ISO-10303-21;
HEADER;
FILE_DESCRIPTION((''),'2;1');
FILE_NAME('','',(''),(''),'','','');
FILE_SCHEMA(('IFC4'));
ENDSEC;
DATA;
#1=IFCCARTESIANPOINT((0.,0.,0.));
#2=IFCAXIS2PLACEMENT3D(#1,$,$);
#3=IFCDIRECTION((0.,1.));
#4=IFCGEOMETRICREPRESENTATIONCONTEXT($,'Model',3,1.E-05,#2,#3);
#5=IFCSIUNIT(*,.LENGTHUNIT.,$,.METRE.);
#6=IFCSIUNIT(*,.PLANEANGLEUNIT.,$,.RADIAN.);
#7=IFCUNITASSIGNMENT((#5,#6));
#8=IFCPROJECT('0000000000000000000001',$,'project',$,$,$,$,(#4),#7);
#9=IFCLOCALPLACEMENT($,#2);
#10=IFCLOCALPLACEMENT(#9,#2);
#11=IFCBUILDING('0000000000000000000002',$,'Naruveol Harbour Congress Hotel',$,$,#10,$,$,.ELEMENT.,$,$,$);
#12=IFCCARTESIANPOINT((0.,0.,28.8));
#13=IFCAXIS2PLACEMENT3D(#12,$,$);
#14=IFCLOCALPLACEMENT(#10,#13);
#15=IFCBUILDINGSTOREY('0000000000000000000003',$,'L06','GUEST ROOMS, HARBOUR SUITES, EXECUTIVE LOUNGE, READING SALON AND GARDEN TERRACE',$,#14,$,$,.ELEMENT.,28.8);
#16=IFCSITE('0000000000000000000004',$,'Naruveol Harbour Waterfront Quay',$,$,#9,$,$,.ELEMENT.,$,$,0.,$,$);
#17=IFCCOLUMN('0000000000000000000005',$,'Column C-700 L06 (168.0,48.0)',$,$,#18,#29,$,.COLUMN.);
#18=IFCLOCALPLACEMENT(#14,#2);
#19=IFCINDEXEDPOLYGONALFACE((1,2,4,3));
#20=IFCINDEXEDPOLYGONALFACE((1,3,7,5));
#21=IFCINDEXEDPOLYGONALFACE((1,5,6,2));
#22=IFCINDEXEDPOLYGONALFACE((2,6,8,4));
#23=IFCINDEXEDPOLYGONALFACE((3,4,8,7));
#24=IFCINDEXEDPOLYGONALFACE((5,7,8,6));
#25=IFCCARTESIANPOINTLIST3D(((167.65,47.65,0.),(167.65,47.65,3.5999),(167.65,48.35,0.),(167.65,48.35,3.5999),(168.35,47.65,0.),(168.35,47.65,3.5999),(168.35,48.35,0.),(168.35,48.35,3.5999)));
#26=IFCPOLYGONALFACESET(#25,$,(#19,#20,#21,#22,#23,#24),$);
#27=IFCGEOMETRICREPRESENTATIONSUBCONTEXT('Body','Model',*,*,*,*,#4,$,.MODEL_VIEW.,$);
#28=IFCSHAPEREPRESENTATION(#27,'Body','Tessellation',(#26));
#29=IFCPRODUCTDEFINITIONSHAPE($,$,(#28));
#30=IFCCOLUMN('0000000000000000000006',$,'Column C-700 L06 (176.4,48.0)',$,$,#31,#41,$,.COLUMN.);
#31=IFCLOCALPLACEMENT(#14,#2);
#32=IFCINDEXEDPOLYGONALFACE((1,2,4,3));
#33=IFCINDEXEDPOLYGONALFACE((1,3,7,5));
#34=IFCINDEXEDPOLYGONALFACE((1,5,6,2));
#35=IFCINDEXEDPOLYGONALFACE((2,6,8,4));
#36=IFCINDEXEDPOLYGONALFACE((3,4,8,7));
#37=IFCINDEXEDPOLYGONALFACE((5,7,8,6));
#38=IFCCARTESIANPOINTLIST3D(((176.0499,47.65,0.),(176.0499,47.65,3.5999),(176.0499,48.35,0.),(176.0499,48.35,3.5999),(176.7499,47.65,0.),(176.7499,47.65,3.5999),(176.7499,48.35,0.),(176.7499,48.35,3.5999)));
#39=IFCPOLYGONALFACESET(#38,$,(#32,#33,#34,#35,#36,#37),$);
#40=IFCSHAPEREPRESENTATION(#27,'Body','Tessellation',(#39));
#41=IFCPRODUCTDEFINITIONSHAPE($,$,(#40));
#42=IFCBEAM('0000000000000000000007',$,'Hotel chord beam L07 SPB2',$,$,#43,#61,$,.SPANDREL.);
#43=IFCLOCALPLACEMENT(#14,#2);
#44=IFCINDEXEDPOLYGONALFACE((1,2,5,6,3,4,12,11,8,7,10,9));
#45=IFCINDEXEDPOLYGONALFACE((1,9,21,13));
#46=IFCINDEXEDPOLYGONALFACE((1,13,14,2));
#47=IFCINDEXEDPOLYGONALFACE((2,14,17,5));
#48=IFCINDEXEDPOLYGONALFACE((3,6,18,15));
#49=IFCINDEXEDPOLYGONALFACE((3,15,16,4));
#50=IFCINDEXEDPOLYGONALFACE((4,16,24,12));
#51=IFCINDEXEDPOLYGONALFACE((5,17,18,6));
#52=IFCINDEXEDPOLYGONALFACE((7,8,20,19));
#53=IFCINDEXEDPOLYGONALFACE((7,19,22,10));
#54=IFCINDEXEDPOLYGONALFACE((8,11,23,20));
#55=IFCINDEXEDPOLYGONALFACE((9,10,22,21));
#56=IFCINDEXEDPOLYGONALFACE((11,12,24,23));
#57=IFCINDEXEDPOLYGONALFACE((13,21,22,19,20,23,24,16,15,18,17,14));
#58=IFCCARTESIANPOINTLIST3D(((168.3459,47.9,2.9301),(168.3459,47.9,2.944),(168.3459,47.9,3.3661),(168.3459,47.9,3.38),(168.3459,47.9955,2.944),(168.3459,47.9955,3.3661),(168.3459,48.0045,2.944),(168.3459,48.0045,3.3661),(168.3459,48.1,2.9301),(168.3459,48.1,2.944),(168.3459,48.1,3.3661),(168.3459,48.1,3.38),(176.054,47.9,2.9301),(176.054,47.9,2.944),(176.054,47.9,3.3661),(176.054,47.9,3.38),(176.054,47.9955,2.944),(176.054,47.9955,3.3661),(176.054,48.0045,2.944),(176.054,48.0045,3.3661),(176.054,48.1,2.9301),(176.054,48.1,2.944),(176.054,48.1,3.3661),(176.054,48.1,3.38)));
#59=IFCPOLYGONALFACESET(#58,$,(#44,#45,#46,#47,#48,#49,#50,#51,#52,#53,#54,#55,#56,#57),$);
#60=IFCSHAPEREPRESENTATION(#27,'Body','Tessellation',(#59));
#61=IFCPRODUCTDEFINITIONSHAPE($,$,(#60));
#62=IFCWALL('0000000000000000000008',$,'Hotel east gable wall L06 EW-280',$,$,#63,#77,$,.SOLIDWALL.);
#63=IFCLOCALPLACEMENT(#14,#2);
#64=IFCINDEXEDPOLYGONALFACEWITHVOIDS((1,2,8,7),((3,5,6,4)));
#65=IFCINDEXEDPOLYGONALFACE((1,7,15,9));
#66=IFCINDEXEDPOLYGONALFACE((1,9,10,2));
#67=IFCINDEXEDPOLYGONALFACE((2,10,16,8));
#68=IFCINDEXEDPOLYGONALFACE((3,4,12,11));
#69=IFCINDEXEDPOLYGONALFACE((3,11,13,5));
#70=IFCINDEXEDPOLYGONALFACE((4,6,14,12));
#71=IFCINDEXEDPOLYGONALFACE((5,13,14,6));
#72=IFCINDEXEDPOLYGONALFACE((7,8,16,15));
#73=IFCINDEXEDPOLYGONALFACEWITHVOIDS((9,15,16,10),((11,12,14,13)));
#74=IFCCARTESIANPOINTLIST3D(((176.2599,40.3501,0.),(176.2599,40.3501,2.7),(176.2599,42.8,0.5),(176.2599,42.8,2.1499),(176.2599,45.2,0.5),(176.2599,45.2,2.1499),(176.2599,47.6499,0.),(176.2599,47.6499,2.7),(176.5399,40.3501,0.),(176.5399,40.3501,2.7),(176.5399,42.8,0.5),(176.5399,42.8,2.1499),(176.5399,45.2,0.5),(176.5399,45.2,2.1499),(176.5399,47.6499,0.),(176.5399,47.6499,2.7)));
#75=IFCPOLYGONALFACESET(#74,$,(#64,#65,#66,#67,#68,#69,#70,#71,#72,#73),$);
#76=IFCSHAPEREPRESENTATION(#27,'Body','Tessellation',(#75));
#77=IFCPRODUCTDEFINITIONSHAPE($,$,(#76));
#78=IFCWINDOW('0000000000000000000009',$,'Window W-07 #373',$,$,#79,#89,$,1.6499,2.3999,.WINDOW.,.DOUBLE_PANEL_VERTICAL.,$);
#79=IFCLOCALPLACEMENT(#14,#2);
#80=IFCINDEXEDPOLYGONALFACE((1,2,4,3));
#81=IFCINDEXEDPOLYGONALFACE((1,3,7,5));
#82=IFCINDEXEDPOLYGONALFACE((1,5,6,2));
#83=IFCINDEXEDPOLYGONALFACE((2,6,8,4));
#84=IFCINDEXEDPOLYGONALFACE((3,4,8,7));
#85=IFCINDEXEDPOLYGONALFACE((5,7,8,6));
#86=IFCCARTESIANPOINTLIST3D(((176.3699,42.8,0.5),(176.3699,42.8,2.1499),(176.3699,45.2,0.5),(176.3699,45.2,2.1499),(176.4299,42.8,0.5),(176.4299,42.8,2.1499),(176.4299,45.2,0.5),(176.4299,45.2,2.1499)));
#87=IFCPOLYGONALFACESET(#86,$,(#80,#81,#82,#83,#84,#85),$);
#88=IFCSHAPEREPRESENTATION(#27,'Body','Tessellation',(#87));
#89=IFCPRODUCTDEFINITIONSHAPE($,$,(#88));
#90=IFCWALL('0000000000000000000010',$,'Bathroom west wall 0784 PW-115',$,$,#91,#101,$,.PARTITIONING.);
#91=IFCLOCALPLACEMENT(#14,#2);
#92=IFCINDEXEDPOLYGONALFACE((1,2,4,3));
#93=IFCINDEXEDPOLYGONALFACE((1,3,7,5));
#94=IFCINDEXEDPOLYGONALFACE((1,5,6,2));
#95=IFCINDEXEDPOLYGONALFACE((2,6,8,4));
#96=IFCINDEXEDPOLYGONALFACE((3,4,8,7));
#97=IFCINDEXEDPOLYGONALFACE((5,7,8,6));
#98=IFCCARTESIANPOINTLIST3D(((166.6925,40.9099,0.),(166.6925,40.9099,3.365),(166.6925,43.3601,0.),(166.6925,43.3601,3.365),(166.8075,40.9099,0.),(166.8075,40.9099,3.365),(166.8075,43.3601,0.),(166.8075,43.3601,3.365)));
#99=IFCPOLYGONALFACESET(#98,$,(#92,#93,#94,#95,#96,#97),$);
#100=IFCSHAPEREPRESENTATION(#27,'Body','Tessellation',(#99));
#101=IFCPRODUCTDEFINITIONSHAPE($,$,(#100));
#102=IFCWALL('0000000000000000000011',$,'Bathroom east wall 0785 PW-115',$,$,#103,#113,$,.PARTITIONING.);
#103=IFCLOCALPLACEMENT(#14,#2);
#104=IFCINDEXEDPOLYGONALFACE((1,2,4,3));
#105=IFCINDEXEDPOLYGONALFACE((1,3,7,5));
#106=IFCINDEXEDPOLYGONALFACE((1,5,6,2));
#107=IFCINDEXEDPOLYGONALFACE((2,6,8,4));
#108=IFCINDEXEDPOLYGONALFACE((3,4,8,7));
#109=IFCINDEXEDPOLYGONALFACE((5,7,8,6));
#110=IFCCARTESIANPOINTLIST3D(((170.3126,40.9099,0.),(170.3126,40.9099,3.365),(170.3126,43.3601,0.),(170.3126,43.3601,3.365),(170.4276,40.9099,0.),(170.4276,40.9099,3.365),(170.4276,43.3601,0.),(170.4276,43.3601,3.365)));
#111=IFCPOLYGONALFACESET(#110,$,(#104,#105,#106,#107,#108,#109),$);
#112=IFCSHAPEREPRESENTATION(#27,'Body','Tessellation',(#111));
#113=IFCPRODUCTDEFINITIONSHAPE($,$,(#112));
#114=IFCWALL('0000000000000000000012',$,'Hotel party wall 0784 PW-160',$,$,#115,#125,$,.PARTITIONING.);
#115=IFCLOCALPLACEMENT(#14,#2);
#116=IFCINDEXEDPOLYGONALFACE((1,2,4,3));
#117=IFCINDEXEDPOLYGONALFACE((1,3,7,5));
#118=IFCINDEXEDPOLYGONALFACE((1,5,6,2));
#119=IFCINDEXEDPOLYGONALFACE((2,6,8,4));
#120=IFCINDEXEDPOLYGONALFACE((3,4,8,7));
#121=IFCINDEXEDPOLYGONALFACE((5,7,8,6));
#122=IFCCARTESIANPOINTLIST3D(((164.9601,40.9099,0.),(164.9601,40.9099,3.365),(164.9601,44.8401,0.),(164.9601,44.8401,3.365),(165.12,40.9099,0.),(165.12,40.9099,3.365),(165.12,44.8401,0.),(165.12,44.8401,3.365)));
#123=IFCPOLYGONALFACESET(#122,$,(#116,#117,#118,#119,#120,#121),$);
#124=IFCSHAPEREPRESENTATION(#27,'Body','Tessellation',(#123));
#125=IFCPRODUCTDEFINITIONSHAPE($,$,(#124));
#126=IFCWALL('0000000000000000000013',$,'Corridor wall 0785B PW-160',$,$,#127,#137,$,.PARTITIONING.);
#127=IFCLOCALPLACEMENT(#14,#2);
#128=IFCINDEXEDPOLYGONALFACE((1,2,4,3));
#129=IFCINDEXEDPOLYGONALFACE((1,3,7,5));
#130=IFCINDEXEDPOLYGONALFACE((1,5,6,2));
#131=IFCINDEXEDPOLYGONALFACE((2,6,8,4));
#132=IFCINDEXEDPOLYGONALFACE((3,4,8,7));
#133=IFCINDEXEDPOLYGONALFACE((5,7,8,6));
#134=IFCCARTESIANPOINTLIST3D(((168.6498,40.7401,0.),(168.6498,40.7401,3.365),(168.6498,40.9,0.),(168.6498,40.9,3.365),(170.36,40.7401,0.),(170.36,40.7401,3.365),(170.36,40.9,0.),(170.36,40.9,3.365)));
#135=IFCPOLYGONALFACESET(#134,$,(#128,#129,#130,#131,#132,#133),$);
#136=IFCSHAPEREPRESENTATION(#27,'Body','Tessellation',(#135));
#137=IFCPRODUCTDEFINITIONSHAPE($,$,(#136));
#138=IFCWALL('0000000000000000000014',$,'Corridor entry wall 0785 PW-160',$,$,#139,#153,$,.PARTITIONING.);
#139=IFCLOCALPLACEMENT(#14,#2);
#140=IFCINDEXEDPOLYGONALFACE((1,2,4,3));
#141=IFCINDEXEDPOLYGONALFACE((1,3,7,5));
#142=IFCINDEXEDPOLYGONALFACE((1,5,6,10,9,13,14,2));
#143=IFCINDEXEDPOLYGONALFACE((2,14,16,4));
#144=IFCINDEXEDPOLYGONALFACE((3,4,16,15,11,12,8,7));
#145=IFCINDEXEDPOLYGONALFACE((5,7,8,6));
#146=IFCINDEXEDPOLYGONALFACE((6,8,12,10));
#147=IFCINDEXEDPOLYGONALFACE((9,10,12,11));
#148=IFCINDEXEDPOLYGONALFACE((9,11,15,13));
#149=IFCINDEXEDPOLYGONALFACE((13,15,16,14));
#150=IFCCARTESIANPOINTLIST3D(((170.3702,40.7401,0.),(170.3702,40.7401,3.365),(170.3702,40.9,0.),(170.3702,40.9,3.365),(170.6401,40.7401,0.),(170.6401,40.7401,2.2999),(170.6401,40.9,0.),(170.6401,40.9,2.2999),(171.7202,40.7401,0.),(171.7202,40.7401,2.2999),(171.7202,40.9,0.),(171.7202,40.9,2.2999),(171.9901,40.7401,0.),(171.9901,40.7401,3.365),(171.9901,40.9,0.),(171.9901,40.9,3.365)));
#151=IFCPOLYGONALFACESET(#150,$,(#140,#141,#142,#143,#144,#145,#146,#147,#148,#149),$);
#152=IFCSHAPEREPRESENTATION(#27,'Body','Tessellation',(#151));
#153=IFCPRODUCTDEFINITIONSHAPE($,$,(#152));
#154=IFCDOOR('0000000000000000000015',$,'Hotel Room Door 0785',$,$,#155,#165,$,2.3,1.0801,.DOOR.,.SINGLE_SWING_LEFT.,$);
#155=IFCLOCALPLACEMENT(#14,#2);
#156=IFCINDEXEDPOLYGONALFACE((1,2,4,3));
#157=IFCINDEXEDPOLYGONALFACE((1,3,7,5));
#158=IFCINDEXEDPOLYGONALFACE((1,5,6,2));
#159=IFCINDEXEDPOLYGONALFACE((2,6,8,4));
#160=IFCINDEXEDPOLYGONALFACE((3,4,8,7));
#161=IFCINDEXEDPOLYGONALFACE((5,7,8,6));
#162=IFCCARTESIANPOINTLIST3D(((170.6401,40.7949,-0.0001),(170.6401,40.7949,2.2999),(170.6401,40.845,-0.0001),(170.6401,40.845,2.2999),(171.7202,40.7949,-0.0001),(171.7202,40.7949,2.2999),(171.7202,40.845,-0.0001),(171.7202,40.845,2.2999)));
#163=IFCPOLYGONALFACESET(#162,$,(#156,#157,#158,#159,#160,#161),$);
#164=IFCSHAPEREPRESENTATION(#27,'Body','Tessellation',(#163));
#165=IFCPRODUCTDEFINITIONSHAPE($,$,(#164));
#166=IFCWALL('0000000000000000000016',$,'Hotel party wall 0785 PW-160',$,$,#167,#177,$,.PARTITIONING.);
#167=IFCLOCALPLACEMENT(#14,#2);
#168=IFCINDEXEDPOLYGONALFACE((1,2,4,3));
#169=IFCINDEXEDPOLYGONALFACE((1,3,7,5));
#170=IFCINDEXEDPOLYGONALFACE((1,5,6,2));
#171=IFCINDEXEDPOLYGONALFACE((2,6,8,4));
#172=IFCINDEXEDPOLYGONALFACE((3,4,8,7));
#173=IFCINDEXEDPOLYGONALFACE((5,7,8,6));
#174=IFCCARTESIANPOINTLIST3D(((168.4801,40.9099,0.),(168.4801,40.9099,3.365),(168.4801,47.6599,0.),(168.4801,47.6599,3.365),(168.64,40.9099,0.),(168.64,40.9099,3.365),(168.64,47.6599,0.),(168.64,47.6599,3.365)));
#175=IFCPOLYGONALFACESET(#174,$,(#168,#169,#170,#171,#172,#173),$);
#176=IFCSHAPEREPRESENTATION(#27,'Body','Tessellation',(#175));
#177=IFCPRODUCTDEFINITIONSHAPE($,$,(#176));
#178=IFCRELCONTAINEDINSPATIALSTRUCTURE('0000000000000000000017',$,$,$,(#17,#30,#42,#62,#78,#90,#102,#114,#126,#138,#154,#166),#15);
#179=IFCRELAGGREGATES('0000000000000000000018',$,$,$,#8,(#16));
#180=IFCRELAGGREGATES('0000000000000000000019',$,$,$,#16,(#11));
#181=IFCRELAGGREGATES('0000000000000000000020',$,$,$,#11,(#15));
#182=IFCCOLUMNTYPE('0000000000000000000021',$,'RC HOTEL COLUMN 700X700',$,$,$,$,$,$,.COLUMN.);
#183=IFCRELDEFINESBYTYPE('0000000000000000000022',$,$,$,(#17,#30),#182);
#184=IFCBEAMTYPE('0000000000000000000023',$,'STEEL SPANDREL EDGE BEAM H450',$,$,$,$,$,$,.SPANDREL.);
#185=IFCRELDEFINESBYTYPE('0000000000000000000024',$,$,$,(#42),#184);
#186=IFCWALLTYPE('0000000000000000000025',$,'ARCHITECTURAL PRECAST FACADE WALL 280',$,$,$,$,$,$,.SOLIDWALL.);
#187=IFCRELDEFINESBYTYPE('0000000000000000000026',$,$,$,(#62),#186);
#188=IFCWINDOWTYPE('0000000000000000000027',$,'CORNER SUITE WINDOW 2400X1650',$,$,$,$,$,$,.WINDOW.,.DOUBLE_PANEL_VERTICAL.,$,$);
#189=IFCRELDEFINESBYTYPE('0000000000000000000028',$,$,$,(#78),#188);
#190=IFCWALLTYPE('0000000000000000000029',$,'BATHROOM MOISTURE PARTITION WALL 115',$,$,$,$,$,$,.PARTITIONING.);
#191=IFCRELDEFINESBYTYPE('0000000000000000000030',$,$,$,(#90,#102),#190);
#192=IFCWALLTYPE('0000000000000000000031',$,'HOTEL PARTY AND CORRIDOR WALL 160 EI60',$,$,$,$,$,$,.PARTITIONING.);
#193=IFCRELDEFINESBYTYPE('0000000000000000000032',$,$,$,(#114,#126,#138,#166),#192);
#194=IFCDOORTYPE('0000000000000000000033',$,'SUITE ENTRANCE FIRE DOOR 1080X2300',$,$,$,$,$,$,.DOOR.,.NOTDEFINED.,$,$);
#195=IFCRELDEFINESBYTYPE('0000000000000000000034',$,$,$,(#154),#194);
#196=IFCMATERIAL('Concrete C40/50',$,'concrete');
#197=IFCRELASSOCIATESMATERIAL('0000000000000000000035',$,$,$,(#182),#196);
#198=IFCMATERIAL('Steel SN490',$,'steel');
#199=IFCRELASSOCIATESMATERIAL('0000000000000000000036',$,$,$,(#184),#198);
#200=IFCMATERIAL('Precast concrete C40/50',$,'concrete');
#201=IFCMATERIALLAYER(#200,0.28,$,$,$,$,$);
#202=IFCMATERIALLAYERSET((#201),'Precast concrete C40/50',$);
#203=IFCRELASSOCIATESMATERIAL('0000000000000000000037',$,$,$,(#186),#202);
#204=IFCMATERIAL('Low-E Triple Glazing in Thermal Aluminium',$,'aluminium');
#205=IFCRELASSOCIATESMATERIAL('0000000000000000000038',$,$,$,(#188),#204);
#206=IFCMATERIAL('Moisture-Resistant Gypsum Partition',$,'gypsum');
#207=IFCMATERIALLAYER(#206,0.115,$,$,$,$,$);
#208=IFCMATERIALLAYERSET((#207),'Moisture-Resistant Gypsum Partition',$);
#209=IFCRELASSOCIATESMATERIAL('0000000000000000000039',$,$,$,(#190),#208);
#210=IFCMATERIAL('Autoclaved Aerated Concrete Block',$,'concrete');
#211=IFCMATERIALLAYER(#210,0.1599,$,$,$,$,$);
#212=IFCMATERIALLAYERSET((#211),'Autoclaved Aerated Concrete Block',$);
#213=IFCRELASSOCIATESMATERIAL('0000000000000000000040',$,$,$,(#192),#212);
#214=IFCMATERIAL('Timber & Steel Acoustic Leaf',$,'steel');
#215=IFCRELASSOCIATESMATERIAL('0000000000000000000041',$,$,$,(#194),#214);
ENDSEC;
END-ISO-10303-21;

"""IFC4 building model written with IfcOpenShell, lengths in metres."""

from ifc_helpers import new_model, si_unit, direction, frame, frame_2d, origin, origin_2d, place, context, subcontext, project, spatial, rectangle, i_section, extrude, material, layer, layer_set, material_profile, profile_set, type_object, element, fill, save


model = new_model("IFC4")

# Units and contexts
model_context = context("Model", 3, precision=1e-05, world=origin(), true_north=direction((0.0, 1.0)))
body_context = subcontext(model_context, "Body", "Model", "MODEL_VIEW")
ifc_project = project(units=[si_unit("LENGTHUNIT", "METRE"), si_unit("PLANEANGLEUNIT", "RADIAN")], contexts=[model_context])

# Site, building, storey
site_placement = place(None, origin())
site = spatial("IfcSite", under=ifc_project, at=site_placement, Name="Naruveol Harbour Waterfront Quay", CompositionType="ELEMENT", RefElevation=0.0)
building_placement = place(site_placement, origin())
building = spatial("IfcBuilding", under=site, at=building_placement, Name="Naruveol Harbour Congress Hotel", CompositionType="ELEMENT")
storey_placement = place(building_placement, frame((0.0, 0.0, 28.8)))
storey = spatial("IfcBuildingStorey", under=building, at=storey_placement, Name="L06", Description="GUEST ROOMS, HARBOUR SUITES, EXECUTIVE LOUNGE, READING SALON AND GARDEN TERRACE", CompositionType="ELEMENT", Elevation=28.8)

# Columns
ifc_material_1 = material(Name="Concrete C40/50", Category="concrete")
ifc_material_profile_1 = material_profile(ifc_material_1, rectangle(XDim=0.7, YDim=0.7, at=origin_2d()), Name="RC-700x700")
ifc_profile_set_1 = profile_set([ifc_material_profile_1], Name="Concrete C40/50")
column_type = type_object("IfcColumnType", Name="RC HOTEL COLUMN 700X700", PredefinedType="COLUMN", material=ifc_profile_set_1)
for number, where, z_axis, x_axis, name in (
    (1, (168.0, 48.0, 0.0), (0.0, 0.0, 1.0), (1.0, 0.0, 0.0), "Column C-700 L06 (168.0,48.0)"),
    (2, (176.3999, 48.0, 0.0), (0.0, 0.0, 1.0), (1.0, 0.0, 0.0), "Column C-700 L06 (176.4,48.0)"),
):
    element("IfcColumn", number, at=place(storey_placement, frame(where, z_axis=z_axis, x_axis=x_axis)), inside=storey, type_object=column_type, Name=name, PredefinedType="COLUMN", context=body_context, shape_type="SweptSolid", body=[
        extrude(rectangle(XDim=0.7, YDim=0.7, at=origin_2d()), origin(), (0.0, 0.0, 1.0), 3.5999),
    ])

# Beam
ifc_material_2 = material(Name="Steel SN490", Category="steel")
ifc_material_profile_2 = material_profile(ifc_material_2, i_section(OverallWidth=0.2, OverallDepth=0.45, WebThickness=0.009, FlangeThickness=0.0139, at=origin_2d()), Name="H-450x200x9x14")
ifc_profile_set_2 = profile_set([ifc_material_profile_2], Name="Steel SN490")
beam_type = type_object("IfcBeamType", Name="STEEL SPANDREL EDGE BEAM H450", PredefinedType="SPANDREL", material=ifc_profile_set_2)
beam_placement = place(storey_placement, frame((168.3459, 48.0, 3.155), z_axis=(1.0, 0.0, 0.0), x_axis=(0.0, 1.0, 0.0)))
element("IfcBeam", 3, at=beam_placement, inside=storey, type_object=beam_type, Name="Hotel chord beam L07 SPB2", PredefinedType="SPANDREL", context=body_context, shape_type="SweptSolid", body=[
    extrude(i_section(OverallWidth=0.2, OverallDepth=0.45, WebThickness=0.009, FlangeThickness=0.0139, at=origin_2d()), origin(), (0.0, 0.0, 1.0), 7.708),
])

# Wall, opening, window
ifc_material_3 = material(Name="Precast concrete C40/50", Category="concrete")
ifc_layer_1 = layer(ifc_material_3, 0.28)
ifc_layer_set_1 = layer_set([ifc_layer_1], Name="Precast concrete C40/50")
wall_type_1 = type_object("IfcWallType", Name="ARCHITECTURAL PRECAST FACADE WALL 280", PredefinedType="SOLIDWALL", material=ifc_layer_set_1)
wall_1_placement = place(storey_placement, frame((176.3999, 47.6499, 0.0), z_axis=(0.0, 0.0, 1.0), x_axis=(0.0, -1.0, 0.0)))
wall_1 = element("IfcWall", 4, at=wall_1_placement, inside=storey, type_object=wall_type_1, Name="Hotel east gable wall L06 EW-280", PredefinedType="SOLIDWALL", context=body_context, shape_type="SweptSolid", body=[
    extrude(rectangle(XDim=7.2998, YDim=0.28, at=frame_2d((3.6499, 0.0))), origin(), (0.0, 0.0, 1.0), 2.7),
])
opening_1_placement = place(wall_1_placement, frame((2.45, 0.0, 0.5)))
opening_1 = element("IfcOpeningElement", 5, at=opening_1_placement, cuts=wall_1, PredefinedType="OPENING", context=body_context, shape_type="SweptSolid", body=[
    extrude(rectangle(XDim=2.3999, YDim=1.6499, at=frame_2d((1.2, 0.825))), frame((0.0, 0.1499, 0.0), z_axis=(0.0, -1.0, 0.0), x_axis=(1.0, 0.0, 0.0)), (0.0, 0.0, 1.0), 0.3),
])
ifc_material_4 = material(Name="Low-E Triple Glazing in Thermal Aluminium", Category="aluminium")
window_type_1 = type_object("IfcWindowType", Name="CORNER SUITE WINDOW 2400X1650", PartitioningType="DOUBLE_PANEL_VERTICAL", PredefinedType="WINDOW", material=ifc_material_4)
window_1_placement = place(opening_1_placement, origin())
window_1 = element("IfcWindow", 6, at=window_1_placement, inside=storey, type_object=window_type_1, Name="Window W-07 #373", OverallHeight=1.6499, OverallWidth=2.3999, PartitioningType="DOUBLE_PANEL_VERTICAL", PredefinedType="WINDOW", context=body_context, shape_type="SweptSolid", body=[
    extrude(rectangle(XDim=2.3999, YDim=1.6499, at=frame_2d((1.2, 0.825))), frame((0.0, 0.03, 0.0), z_axis=(0.0, -1.0, 0.0), x_axis=(1.0, 0.0, 0.0)), (0.0, 0.0, 1.0), 0.0601),
])
fill(opening_1, window_1)

# Wall
ifc_material_5 = material(Name="Moisture-Resistant Gypsum Partition", Category="gypsum")
ifc_layer_2 = layer(ifc_material_5, 0.115)
ifc_layer_set_2 = layer_set([ifc_layer_2], Name="Moisture-Resistant Gypsum Partition")
wall_type_2 = type_object("IfcWallType", Name="BATHROOM MOISTURE PARTITION WALL 115", PredefinedType="PARTITIONING", material=ifc_layer_set_2)
wall_2_placement = place(storey_placement, frame((166.75, 40.9099, 0.0), z_axis=(0.0, 0.0, 1.0), x_axis=(0.0, 1.0, 0.0)))
element("IfcWall", 7, at=wall_2_placement, inside=storey, type_object=wall_type_2, Name="Bathroom west wall 0784 PW-115", PredefinedType="PARTITIONING", context=body_context, shape_type="SweptSolid", body=[
    extrude(rectangle(XDim=2.4502, YDim=0.115, at=frame_2d((1.2251, 0.0))), origin(), (0.0, 0.0, 1.0), 3.365),
])

# Wall
wall_3_placement = place(storey_placement, frame((170.3701, 40.9099, 0.0), z_axis=(0.0, 0.0, 1.0), x_axis=(0.0, 1.0, 0.0)))
element("IfcWall", 8, at=wall_3_placement, inside=storey, type_object=wall_type_2, Name="Bathroom east wall 0785 PW-115", PredefinedType="PARTITIONING", context=body_context, shape_type="SweptSolid", body=[
    extrude(rectangle(XDim=2.4502, YDim=0.115, at=frame_2d((1.2251, 0.0))), origin(), (0.0, 0.0, 1.0), 3.365),
])

# Walls
ifc_material_6 = material(Name="Autoclaved Aerated Concrete Block", Category="concrete")
ifc_layer_3 = layer(ifc_material_6, 0.1599)
ifc_layer_set_3 = layer_set([ifc_layer_3], Name="Autoclaved Aerated Concrete Block")
wall_type_3 = type_object("IfcWallType", Name="HOTEL PARTY AND CORRIDOR WALL 160 EI60", PredefinedType="PARTITIONING", material=ifc_layer_set_3)
wall_4_placement = place(storey_placement, frame((165.04, 40.9099, 0.0), z_axis=(0.0, 0.0, 1.0), x_axis=(0.0, 1.0, 0.0)))
element("IfcWall", 9, at=wall_4_placement, inside=storey, type_object=wall_type_3, Name="Hotel party wall 0784 PW-160", PredefinedType="PARTITIONING", context=body_context, shape_type="SweptSolid", body=[
    extrude(rectangle(XDim=3.9302, YDim=0.1599, at=frame_2d((1.9651, 0.0))), origin(), (0.0, 0.0, 1.0), 3.365),
])
wall_5_placement = place(storey_placement, frame((168.6499, 40.8201, 0.0), z_axis=(0.0, 0.0, 1.0), x_axis=(1.0, 0.0, 0.0)))
element("IfcWall", 10, at=wall_5_placement, inside=storey, type_object=wall_type_3, Name="Corridor wall 0785B PW-160", PredefinedType="PARTITIONING", context=body_context, shape_type="SweptSolid", body=[
    extrude(rectangle(XDim=1.7102, YDim=0.1599, at=frame_2d((0.855, 0.0))), origin(), (0.0, 0.0, 1.0), 3.365),
])

# Wall, opening, door
wall_6_placement = place(storey_placement, frame((170.3701, 40.8201, 0.0), z_axis=(0.0, 0.0, 1.0), x_axis=(1.0, 0.0, 0.0)))
wall_6 = element("IfcWall", 11, at=wall_6_placement, inside=storey, type_object=wall_type_3, Name="Corridor entry wall 0785 PW-160", PredefinedType="PARTITIONING", context=body_context, shape_type="SweptSolid", body=[
    extrude(rectangle(XDim=1.6199, YDim=0.1599, at=frame_2d((0.8101, 0.0))), origin(), (0.0, 0.0, 1.0), 3.365),
])
opening_2_placement = place(wall_6_placement, frame((0.27, 0.0, 0.0)))
opening_2 = element("IfcOpeningElement", 12, at=opening_2_placement, cuts=wall_6, PredefinedType="OPENING", context=body_context, shape_type="SweptSolid", body=[
    extrude(rectangle(XDim=1.0801, YDim=2.3, at=frame_2d((0.54, 1.1499))), frame((0.0, 0.0898, 0.0), z_axis=(0.0, -1.0, 0.0), x_axis=(1.0, 0.0, 0.0)), (0.0, 0.0, 1.0), 0.1799),
])
ifc_material_7 = material(Name="Timber & Steel Acoustic Leaf", Category="steel")
door_type_1 = type_object("IfcDoorType", Name="SUITE ENTRANCE FIRE DOOR 1080X2300", OperationType="NOTDEFINED", PredefinedType="DOOR", material=ifc_material_7)
door_1_placement = place(opening_2_placement, origin())
door_1 = element("IfcDoor", 13, at=door_1_placement, inside=storey, type_object=door_type_1, Name="Hotel Room Door 0785", OperationType="SINGLE_SWING_LEFT", OverallHeight=2.3, OverallWidth=1.0801, PredefinedType="DOOR", context=body_context, shape_type="SweptSolid", body=[
    extrude(rectangle(XDim=1.0801, YDim=2.3, at=frame_2d((0.54, 1.1499))), frame((0.0, 0.0249, 0.0), z_axis=(0.0, -1.0, 0.0), x_axis=(1.0, 0.0, 0.0)), (0.0, 0.0, 1.0), 0.05),
])
fill(opening_2, door_1)

# Wall
wall_7_placement = place(storey_placement, frame((168.5601, 40.9099, 0.0), z_axis=(0.0, 0.0, 1.0), x_axis=(0.0, 1.0, 0.0)))
element("IfcWall", 14, at=wall_7_placement, inside=storey, type_object=wall_type_3, Name="Hotel party wall 0785 PW-160", PredefinedType="PARTITIONING", context=body_context, shape_type="SweptSolid", body=[
    extrude(rectangle(XDim=6.75, YDim=0.1599, at=frame_2d((3.375, 0.0))), origin(), (0.0, 0.0, 1.0), 3.365),
])

save(model, "model.ifc")
